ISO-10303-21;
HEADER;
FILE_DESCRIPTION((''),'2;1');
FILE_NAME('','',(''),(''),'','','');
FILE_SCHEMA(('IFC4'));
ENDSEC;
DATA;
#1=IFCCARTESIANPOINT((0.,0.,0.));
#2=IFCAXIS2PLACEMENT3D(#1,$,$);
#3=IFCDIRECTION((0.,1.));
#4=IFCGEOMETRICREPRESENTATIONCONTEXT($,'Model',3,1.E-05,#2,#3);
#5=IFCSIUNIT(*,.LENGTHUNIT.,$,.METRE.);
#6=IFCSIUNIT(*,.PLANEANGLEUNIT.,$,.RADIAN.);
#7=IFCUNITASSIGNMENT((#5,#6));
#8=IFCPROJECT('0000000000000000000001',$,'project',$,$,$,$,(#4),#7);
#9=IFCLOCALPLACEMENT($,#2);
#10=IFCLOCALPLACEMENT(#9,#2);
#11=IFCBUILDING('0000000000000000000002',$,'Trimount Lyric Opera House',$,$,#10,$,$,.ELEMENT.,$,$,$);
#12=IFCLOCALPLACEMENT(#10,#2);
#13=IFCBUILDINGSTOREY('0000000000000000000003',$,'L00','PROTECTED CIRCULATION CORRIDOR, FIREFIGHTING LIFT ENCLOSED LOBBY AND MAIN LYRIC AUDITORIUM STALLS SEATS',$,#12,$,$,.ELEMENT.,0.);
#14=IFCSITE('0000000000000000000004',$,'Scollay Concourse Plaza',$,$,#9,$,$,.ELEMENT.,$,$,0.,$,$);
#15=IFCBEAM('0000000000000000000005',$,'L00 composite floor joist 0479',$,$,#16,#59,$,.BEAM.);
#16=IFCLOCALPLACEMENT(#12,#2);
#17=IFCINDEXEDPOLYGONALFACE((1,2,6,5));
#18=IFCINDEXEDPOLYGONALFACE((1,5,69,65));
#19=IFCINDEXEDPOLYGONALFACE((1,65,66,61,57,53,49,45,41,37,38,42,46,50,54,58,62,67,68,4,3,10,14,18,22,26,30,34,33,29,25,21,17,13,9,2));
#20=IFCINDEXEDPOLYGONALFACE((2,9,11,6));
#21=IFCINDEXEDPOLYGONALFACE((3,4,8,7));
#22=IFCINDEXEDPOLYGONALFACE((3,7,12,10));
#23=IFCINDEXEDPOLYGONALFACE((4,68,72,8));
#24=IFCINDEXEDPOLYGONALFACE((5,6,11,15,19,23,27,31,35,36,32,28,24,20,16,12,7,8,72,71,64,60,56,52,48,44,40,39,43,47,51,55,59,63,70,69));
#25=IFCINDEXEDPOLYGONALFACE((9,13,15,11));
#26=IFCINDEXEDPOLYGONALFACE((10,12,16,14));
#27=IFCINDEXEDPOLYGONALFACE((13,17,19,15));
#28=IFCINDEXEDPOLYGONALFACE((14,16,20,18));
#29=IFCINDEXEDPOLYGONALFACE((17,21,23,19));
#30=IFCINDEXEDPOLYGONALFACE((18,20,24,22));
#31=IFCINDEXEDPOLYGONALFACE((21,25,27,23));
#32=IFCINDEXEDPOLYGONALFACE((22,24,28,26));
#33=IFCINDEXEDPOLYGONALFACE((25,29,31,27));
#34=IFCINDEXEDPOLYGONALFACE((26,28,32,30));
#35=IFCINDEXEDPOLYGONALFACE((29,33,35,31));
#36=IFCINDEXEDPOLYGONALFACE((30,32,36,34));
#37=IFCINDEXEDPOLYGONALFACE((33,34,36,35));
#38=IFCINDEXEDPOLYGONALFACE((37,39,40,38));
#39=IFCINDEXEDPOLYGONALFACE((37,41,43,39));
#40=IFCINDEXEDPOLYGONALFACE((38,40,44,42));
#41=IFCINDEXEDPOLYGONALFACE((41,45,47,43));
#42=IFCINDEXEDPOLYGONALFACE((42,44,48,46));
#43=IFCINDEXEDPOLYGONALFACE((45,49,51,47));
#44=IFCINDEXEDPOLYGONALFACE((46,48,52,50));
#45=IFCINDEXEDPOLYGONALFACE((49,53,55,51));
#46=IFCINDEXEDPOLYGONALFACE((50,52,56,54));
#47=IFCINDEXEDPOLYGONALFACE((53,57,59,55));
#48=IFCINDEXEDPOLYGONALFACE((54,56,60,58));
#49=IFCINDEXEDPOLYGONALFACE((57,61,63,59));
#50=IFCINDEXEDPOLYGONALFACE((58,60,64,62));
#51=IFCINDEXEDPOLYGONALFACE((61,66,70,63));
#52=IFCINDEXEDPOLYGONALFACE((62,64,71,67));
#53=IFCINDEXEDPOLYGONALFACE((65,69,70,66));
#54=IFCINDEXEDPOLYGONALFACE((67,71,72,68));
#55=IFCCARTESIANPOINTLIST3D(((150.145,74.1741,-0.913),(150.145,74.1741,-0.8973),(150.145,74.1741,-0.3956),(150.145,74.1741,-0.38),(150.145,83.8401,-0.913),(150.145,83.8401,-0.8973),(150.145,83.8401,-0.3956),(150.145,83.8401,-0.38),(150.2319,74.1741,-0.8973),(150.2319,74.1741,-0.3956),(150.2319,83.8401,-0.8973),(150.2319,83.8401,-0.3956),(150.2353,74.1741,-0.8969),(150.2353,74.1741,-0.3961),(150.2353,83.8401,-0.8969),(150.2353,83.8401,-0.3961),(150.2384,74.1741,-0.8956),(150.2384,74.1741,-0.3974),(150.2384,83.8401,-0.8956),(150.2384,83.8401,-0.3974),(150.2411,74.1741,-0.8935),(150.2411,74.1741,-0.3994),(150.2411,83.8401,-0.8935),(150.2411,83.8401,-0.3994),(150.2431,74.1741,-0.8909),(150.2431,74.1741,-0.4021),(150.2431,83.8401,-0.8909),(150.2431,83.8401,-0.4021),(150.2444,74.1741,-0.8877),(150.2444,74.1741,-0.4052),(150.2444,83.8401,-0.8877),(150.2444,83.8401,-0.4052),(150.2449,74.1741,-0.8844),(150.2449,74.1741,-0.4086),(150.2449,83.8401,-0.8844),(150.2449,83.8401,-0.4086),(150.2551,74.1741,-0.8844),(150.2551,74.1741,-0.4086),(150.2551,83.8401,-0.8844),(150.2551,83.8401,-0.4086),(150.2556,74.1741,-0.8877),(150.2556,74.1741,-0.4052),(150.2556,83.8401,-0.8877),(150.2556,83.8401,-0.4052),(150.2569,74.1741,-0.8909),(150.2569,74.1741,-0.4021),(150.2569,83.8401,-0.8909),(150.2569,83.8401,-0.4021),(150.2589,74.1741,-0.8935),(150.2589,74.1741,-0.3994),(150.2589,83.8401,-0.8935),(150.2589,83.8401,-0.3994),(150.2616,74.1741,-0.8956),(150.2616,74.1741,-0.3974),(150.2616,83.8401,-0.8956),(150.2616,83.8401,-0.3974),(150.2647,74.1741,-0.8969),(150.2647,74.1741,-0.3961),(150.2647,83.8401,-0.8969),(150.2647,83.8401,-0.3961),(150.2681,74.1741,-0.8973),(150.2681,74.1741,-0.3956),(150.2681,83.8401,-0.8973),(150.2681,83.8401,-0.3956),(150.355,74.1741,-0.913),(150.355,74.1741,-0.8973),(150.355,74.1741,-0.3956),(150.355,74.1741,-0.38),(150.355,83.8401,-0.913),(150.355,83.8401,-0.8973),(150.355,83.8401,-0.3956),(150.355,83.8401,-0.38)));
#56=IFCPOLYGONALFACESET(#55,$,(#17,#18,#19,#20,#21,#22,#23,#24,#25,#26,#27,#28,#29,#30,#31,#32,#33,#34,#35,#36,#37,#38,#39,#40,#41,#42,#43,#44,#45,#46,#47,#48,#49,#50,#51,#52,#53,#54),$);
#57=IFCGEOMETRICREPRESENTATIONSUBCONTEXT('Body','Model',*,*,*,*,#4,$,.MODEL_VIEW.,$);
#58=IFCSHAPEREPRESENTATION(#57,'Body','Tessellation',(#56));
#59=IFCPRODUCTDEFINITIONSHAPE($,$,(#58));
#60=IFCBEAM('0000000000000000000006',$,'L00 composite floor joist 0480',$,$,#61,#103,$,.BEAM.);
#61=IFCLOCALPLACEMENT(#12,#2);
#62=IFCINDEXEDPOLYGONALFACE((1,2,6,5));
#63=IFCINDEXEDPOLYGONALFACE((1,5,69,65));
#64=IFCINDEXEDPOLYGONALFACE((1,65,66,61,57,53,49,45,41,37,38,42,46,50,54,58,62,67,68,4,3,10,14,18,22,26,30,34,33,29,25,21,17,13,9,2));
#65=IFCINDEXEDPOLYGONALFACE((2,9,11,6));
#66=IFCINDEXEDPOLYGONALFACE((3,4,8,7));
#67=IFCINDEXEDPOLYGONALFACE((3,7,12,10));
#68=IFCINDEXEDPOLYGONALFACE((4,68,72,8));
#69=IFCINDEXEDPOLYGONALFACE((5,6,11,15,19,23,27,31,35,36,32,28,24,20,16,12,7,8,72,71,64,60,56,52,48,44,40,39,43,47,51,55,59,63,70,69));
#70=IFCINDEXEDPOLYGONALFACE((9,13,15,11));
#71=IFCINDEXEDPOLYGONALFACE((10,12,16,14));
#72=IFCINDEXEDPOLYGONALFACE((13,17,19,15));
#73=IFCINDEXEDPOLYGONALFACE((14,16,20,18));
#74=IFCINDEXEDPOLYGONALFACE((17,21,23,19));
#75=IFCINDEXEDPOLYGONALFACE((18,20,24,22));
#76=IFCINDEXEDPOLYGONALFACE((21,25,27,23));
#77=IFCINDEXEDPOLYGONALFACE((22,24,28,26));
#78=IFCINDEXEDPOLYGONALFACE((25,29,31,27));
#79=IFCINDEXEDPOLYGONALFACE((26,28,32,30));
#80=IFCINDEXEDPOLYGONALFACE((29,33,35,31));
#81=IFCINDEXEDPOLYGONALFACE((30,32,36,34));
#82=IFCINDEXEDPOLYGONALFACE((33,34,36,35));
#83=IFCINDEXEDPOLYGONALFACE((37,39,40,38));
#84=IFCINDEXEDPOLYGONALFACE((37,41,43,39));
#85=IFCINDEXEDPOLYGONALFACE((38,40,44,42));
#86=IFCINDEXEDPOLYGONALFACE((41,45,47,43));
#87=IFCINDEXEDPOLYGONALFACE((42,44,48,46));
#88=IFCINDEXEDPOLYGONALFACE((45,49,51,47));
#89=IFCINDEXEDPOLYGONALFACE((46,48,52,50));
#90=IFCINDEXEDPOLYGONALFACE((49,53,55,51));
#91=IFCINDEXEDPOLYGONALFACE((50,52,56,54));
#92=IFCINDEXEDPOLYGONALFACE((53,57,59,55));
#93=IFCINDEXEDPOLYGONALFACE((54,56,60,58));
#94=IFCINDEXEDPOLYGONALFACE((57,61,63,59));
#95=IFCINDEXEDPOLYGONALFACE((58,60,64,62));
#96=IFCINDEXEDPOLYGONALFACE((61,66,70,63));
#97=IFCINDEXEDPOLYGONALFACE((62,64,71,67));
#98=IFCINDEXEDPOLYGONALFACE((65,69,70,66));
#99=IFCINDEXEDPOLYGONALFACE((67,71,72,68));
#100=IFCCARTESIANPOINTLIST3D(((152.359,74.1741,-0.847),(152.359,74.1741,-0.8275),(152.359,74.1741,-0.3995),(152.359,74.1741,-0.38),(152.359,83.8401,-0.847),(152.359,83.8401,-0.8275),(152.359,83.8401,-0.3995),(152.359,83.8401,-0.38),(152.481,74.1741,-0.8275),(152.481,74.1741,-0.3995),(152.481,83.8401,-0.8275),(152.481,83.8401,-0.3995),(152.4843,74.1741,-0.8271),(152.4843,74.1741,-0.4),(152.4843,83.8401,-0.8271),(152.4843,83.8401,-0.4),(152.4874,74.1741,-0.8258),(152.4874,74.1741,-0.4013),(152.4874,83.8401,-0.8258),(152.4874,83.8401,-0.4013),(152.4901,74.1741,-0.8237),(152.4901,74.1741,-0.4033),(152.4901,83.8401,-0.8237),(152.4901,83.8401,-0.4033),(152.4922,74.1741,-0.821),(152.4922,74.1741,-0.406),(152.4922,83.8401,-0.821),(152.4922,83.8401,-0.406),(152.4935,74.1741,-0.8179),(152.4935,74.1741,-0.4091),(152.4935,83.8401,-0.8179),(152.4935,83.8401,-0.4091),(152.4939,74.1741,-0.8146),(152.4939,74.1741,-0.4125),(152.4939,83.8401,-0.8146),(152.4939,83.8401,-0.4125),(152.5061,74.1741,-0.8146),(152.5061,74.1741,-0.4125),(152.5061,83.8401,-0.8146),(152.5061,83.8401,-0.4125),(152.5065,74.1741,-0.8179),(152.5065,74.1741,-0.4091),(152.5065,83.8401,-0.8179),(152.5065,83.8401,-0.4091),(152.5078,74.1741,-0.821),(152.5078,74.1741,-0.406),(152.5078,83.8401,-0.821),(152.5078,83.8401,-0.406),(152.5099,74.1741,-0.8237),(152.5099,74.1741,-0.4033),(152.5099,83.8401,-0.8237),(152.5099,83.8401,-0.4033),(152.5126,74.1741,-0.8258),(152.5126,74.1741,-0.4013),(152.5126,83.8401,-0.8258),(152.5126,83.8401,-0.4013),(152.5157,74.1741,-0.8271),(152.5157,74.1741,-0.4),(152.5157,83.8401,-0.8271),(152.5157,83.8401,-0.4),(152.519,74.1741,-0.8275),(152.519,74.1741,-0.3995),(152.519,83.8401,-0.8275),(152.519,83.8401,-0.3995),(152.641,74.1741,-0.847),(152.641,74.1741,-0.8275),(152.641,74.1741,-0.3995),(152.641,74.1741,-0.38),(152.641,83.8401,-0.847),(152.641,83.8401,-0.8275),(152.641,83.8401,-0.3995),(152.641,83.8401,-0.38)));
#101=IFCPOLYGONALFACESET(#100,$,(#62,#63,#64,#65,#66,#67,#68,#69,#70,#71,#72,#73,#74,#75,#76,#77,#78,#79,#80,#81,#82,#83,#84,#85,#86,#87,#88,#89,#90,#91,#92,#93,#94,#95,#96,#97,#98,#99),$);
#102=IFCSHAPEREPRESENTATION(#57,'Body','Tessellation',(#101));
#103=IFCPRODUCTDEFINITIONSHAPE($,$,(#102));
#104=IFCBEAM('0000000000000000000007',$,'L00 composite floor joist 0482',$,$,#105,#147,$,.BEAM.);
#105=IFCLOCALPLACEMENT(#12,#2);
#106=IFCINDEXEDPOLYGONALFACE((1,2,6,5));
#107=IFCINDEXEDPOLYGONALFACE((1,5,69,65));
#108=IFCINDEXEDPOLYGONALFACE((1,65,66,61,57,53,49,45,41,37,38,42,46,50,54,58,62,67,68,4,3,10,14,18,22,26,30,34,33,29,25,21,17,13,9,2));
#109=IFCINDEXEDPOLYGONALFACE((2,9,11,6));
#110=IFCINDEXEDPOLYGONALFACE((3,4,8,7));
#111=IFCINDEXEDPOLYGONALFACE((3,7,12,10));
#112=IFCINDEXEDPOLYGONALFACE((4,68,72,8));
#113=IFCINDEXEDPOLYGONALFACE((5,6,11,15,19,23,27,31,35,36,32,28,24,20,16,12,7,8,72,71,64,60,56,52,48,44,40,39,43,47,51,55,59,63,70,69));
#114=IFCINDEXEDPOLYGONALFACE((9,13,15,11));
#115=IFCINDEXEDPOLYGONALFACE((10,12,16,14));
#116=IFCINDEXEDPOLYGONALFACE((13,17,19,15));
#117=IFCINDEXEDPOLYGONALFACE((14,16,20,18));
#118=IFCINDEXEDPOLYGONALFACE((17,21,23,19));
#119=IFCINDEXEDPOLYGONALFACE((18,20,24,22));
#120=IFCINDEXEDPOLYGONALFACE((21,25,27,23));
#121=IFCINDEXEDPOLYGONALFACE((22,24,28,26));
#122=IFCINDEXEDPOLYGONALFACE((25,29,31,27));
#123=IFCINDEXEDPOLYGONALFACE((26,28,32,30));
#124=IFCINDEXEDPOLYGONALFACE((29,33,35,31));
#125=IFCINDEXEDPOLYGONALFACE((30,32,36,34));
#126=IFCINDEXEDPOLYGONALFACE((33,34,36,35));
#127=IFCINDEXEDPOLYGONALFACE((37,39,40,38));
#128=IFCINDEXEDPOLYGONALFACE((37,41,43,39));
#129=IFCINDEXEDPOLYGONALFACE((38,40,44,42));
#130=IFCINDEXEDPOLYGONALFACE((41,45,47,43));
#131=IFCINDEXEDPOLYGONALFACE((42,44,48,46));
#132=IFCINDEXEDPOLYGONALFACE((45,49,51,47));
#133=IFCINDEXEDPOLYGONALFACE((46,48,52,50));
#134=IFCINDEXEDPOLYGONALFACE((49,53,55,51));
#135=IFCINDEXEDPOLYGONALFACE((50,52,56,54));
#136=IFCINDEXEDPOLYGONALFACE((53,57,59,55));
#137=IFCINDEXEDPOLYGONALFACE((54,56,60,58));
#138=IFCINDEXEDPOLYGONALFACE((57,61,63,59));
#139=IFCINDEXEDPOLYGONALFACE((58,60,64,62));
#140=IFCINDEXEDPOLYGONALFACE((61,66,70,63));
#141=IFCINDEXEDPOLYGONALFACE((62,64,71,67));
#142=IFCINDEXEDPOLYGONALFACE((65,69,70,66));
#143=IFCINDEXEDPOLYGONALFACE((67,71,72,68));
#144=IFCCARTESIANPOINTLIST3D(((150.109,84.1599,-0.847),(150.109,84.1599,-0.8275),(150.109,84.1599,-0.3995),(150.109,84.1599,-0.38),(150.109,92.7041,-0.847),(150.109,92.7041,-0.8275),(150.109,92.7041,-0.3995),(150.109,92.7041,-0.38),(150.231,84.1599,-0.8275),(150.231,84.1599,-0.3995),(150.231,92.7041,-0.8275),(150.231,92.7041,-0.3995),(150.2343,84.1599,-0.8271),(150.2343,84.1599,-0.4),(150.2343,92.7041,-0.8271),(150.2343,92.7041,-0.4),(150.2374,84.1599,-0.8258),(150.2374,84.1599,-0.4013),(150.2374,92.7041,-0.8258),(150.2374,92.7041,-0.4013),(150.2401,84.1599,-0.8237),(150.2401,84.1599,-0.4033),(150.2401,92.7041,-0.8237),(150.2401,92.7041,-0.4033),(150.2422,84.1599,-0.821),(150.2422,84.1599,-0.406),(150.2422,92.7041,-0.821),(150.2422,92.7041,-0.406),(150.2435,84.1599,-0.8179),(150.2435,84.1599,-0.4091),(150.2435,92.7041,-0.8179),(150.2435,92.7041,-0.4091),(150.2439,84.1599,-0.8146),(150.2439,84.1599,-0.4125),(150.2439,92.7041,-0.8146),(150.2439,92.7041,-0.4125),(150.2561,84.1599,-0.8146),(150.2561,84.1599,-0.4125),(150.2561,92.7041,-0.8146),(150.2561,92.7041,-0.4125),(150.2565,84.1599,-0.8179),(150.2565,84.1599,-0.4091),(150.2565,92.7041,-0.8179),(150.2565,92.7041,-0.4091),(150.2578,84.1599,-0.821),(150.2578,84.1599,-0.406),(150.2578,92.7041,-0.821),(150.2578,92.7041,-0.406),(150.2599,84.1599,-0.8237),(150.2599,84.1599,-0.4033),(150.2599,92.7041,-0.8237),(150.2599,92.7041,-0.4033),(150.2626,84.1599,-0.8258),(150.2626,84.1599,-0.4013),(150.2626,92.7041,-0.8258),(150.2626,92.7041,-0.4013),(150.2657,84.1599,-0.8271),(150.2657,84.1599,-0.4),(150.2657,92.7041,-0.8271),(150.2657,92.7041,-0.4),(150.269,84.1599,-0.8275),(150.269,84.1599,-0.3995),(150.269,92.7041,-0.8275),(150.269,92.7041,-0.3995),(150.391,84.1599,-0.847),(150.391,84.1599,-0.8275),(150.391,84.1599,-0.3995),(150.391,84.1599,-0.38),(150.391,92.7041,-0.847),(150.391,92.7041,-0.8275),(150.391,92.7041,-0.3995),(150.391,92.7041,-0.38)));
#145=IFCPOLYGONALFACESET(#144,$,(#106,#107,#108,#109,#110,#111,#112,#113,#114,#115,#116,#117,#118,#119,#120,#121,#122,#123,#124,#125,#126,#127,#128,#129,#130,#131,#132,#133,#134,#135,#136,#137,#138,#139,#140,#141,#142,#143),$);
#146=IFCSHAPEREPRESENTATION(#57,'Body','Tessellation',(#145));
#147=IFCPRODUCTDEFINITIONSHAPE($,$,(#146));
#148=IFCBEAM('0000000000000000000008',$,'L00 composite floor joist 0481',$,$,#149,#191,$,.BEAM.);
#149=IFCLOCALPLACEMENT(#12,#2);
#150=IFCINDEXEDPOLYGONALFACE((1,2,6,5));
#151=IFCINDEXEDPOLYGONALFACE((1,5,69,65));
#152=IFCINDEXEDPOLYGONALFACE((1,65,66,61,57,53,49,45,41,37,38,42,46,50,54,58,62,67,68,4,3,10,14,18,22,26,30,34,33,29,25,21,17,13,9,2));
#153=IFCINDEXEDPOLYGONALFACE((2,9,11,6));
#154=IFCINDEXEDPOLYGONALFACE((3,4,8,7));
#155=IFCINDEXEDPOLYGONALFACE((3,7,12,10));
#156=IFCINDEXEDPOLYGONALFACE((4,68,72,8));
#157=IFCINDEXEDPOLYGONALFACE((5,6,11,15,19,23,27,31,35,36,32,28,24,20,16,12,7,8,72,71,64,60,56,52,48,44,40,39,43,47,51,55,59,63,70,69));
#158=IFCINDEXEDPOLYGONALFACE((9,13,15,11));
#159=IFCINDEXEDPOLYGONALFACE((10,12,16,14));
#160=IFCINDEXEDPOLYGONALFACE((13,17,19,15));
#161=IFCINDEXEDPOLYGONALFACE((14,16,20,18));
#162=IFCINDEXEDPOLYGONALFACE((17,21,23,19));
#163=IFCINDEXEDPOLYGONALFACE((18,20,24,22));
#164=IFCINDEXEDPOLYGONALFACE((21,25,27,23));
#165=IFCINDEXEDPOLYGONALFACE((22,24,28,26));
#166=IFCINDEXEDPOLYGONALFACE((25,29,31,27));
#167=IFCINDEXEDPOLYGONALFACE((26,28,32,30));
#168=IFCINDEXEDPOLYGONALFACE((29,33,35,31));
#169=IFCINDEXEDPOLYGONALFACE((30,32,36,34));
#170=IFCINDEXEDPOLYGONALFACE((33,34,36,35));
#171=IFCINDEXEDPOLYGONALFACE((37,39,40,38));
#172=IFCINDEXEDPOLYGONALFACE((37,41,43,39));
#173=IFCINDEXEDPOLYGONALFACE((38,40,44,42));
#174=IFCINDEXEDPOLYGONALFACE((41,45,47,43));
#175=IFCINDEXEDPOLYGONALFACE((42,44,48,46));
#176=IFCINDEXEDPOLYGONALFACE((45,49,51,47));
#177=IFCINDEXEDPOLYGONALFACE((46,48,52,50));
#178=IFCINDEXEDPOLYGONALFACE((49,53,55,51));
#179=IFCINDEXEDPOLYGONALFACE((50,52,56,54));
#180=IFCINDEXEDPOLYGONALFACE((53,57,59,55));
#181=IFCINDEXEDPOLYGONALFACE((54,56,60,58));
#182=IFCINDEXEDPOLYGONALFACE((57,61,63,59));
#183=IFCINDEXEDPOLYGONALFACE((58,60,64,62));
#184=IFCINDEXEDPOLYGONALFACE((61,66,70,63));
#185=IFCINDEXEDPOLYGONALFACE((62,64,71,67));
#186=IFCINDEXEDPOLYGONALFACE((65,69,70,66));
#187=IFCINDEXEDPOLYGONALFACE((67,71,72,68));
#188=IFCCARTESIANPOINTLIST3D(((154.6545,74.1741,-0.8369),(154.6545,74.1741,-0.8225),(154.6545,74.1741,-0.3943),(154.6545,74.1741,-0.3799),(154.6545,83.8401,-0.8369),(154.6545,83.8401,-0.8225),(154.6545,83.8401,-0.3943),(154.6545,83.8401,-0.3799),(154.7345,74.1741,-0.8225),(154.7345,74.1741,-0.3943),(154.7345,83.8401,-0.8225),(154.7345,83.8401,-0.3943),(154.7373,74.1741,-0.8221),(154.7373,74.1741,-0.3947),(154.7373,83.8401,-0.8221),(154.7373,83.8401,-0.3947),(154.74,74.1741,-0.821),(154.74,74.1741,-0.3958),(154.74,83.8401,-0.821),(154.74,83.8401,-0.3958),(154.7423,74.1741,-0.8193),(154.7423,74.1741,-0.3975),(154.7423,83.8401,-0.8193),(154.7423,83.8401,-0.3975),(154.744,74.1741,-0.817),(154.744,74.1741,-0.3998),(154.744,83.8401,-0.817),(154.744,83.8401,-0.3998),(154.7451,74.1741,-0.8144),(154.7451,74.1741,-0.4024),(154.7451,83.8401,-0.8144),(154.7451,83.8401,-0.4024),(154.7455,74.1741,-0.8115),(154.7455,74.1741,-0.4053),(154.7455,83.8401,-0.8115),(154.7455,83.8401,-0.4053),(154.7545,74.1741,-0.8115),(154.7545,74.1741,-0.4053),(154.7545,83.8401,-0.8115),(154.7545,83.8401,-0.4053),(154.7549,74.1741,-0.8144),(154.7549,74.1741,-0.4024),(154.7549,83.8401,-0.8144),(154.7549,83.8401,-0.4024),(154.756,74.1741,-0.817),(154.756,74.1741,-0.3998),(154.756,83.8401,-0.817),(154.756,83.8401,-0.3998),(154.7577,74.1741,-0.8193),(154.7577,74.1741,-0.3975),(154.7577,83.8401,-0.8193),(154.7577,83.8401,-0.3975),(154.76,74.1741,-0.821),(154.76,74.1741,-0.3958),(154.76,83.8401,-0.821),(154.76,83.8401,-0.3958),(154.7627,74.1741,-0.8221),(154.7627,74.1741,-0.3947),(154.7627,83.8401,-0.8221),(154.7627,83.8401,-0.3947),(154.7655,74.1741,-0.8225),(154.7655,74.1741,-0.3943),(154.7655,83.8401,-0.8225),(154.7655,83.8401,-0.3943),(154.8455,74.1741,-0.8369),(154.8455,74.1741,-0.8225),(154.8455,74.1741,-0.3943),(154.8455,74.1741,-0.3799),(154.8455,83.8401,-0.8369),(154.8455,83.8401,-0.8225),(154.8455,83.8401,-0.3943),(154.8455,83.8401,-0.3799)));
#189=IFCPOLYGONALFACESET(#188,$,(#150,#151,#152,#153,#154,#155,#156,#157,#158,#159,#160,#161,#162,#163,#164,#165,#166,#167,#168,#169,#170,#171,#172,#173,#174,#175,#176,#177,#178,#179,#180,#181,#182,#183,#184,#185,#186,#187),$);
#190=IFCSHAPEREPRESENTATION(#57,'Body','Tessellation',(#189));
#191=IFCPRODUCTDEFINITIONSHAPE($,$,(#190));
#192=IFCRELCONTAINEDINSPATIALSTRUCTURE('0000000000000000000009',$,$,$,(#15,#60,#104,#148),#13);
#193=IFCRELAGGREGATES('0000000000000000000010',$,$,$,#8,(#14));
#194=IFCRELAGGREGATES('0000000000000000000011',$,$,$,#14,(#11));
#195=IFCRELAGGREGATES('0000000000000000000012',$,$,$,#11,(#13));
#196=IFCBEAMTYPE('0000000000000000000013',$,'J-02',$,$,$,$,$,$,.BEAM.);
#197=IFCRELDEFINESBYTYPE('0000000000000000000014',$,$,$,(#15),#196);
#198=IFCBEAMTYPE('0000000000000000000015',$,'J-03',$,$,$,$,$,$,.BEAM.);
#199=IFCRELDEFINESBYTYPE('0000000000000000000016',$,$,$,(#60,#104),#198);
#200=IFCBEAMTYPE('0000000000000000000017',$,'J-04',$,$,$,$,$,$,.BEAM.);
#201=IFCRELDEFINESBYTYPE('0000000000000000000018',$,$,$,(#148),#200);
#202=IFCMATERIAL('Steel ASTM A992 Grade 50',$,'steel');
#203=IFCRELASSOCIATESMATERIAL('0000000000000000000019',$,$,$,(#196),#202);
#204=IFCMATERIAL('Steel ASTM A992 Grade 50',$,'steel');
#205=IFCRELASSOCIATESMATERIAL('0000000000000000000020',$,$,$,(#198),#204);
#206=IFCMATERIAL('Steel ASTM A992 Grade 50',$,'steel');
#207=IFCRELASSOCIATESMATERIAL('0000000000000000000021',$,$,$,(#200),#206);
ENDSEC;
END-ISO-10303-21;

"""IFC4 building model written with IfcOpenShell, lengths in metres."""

from ifc_helpers import new_model, si_unit, direction, frame, origin, origin_2d, place, context, subcontext, project, spatial, i_section, extrude, material, material_profile, profile_set, type_object, element, save


model = new_model("IFC4")

# Units and contexts
model_context = context("Model", 3, precision=1e-05, world=origin(), true_north=direction((0.0, 1.0)))
body_context = subcontext(model_context, "Body", "Model", "MODEL_VIEW")
ifc_project = project(units=[si_unit("LENGTHUNIT", "METRE"), si_unit("PLANEANGLEUNIT", "RADIAN")], contexts=[model_context])

# Site, building, storey
site_placement = place(None, origin())
site = spatial("IfcSite", under=ifc_project, at=site_placement, Name="Scollay Concourse Plaza", CompositionType="ELEMENT", RefElevation=0.0)
building_placement = place(site_placement, origin())
building = spatial("IfcBuilding", under=site, at=building_placement, Name="Trimount Lyric Opera House", CompositionType="ELEMENT")
storey_placement = place(building_placement, origin())
storey = spatial("IfcBuildingStorey", under=building, at=storey_placement, Name="L00", Description="PROTECTED CIRCULATION CORRIDOR, FIREFIGHTING LIFT ENCLOSED LOBBY AND MAIN LYRIC AUDITORIUM STALLS SEATS", CompositionType="ELEMENT", Elevation=0.0)

# Beams
ifc_material_1 = material(Name="Steel ASTM A992 Grade 50", Category="steel")
ifc_material_profile_1 = material_profile(ifc_material_1, i_section(OverallWidth=0.21, OverallDepth=0.533, WebThickness=0.0103, FlangeThickness=0.0156, FilletRadius=0.0129, at=origin_2d()), Name="W21X62")
ifc_profile_set_1 = profile_set([ifc_material_profile_1], Name="Steel ASTM A992 Grade 50")
beam_type_1 = type_object("IfcBeamType", Name="J-02", PredefinedType="BEAM", material=ifc_profile_set_1)
beam_1_placement = place(storey_placement, frame((150.25, 74.1741, -0.6465), z_axis=(0.0, 1.0, 0.0), x_axis=(-1.0, 0.0, 0.0)))
element("IfcBeam", 1, at=beam_1_placement, inside=storey, type_object=beam_type_1, Name="L00 composite floor joist 0479", PredefinedType="BEAM", context=body_context, shape_type="SweptSolid", body=[
    extrude(i_section(OverallWidth=0.21, OverallDepth=0.533, WebThickness=0.0103, FlangeThickness=0.0156, FilletRadius=0.0129, at=origin_2d()), origin(), (0.0, 0.0, 1.0), 9.666),
])
ifc_material_2 = material(Name="Steel ASTM A992 Grade 50", Category="steel")
ifc_material_profile_2 = material_profile(ifc_material_2, i_section(OverallWidth=0.282, OverallDepth=0.467, WebThickness=0.0122, FlangeThickness=0.0195, FilletRadius=0.0129, at=origin_2d()), Name="W18X86")
ifc_profile_set_2 = profile_set([ifc_material_profile_2], Name="Steel ASTM A992 Grade 50")
beam_type_2 = type_object("IfcBeamType", Name="J-03", PredefinedType="BEAM", material=ifc_profile_set_2)
beam_2_placement = place(storey_placement, frame((152.5, 74.1741, -0.6135), z_axis=(0.0, 1.0, 0.0), x_axis=(-1.0, 0.0, 0.0)))
element("IfcBeam", 2, at=beam_2_placement, inside=storey, type_object=beam_type_2, Name="L00 composite floor joist 0480", PredefinedType="BEAM", context=body_context, shape_type="SweptSolid", body=[
    extrude(i_section(OverallWidth=0.282, OverallDepth=0.467, WebThickness=0.0122, FlangeThickness=0.0195, FilletRadius=0.0129, at=origin_2d()), origin(), (0.0, 0.0, 1.0), 9.666),
])
beam_3_placement = place(storey_placement, frame((150.25, 84.1599, -0.6135), z_axis=(0.0, 1.0, 0.0), x_axis=(-1.0, 0.0, 0.0)))
element("IfcBeam", 3, at=beam_3_placement, inside=storey, type_object=beam_type_2, Name="L00 composite floor joist 0482", PredefinedType="BEAM", context=body_context, shape_type="SweptSolid", body=[
    extrude(i_section(OverallWidth=0.282, OverallDepth=0.467, WebThickness=0.0122, FlangeThickness=0.0195, FilletRadius=0.0129, at=origin_2d()), origin(), (0.0, 0.0, 1.0), 8.5442),
])
ifc_material_3 = material(Name="Steel ASTM A992 Grade 50", Category="steel")
ifc_material_profile_3 = material_profile(ifc_material_3, i_section(OverallWidth=0.1909, OverallDepth=0.457, WebThickness=0.009, FlangeThickness=0.0144, FilletRadius=0.011, at=origin_2d()), Name="W18X50")
ifc_profile_set_3 = profile_set([ifc_material_profile_3], Name="Steel ASTM A992 Grade 50")
beam_type_3 = type_object("IfcBeamType", Name="J-04", PredefinedType="BEAM", material=ifc_profile_set_3)
beam_4_placement = place(storey_placement, frame((154.75, 74.1741, -0.6084), z_axis=(0.0, 1.0, 0.0), x_axis=(-1.0, 0.0, 0.0)))
element("IfcBeam", 4, at=beam_4_placement, inside=storey, type_object=beam_type_3, Name="L00 composite floor joist 0481", PredefinedType="BEAM", context=body_context, shape_type="SweptSolid", body=[
    extrude(i_section(OverallWidth=0.1909, OverallDepth=0.457, WebThickness=0.009, FlangeThickness=0.0144, FilletRadius=0.011, at=origin_2d()), origin(), (0.0, 0.0, 1.0), 9.666),
])

save(model, "model.ifc")
